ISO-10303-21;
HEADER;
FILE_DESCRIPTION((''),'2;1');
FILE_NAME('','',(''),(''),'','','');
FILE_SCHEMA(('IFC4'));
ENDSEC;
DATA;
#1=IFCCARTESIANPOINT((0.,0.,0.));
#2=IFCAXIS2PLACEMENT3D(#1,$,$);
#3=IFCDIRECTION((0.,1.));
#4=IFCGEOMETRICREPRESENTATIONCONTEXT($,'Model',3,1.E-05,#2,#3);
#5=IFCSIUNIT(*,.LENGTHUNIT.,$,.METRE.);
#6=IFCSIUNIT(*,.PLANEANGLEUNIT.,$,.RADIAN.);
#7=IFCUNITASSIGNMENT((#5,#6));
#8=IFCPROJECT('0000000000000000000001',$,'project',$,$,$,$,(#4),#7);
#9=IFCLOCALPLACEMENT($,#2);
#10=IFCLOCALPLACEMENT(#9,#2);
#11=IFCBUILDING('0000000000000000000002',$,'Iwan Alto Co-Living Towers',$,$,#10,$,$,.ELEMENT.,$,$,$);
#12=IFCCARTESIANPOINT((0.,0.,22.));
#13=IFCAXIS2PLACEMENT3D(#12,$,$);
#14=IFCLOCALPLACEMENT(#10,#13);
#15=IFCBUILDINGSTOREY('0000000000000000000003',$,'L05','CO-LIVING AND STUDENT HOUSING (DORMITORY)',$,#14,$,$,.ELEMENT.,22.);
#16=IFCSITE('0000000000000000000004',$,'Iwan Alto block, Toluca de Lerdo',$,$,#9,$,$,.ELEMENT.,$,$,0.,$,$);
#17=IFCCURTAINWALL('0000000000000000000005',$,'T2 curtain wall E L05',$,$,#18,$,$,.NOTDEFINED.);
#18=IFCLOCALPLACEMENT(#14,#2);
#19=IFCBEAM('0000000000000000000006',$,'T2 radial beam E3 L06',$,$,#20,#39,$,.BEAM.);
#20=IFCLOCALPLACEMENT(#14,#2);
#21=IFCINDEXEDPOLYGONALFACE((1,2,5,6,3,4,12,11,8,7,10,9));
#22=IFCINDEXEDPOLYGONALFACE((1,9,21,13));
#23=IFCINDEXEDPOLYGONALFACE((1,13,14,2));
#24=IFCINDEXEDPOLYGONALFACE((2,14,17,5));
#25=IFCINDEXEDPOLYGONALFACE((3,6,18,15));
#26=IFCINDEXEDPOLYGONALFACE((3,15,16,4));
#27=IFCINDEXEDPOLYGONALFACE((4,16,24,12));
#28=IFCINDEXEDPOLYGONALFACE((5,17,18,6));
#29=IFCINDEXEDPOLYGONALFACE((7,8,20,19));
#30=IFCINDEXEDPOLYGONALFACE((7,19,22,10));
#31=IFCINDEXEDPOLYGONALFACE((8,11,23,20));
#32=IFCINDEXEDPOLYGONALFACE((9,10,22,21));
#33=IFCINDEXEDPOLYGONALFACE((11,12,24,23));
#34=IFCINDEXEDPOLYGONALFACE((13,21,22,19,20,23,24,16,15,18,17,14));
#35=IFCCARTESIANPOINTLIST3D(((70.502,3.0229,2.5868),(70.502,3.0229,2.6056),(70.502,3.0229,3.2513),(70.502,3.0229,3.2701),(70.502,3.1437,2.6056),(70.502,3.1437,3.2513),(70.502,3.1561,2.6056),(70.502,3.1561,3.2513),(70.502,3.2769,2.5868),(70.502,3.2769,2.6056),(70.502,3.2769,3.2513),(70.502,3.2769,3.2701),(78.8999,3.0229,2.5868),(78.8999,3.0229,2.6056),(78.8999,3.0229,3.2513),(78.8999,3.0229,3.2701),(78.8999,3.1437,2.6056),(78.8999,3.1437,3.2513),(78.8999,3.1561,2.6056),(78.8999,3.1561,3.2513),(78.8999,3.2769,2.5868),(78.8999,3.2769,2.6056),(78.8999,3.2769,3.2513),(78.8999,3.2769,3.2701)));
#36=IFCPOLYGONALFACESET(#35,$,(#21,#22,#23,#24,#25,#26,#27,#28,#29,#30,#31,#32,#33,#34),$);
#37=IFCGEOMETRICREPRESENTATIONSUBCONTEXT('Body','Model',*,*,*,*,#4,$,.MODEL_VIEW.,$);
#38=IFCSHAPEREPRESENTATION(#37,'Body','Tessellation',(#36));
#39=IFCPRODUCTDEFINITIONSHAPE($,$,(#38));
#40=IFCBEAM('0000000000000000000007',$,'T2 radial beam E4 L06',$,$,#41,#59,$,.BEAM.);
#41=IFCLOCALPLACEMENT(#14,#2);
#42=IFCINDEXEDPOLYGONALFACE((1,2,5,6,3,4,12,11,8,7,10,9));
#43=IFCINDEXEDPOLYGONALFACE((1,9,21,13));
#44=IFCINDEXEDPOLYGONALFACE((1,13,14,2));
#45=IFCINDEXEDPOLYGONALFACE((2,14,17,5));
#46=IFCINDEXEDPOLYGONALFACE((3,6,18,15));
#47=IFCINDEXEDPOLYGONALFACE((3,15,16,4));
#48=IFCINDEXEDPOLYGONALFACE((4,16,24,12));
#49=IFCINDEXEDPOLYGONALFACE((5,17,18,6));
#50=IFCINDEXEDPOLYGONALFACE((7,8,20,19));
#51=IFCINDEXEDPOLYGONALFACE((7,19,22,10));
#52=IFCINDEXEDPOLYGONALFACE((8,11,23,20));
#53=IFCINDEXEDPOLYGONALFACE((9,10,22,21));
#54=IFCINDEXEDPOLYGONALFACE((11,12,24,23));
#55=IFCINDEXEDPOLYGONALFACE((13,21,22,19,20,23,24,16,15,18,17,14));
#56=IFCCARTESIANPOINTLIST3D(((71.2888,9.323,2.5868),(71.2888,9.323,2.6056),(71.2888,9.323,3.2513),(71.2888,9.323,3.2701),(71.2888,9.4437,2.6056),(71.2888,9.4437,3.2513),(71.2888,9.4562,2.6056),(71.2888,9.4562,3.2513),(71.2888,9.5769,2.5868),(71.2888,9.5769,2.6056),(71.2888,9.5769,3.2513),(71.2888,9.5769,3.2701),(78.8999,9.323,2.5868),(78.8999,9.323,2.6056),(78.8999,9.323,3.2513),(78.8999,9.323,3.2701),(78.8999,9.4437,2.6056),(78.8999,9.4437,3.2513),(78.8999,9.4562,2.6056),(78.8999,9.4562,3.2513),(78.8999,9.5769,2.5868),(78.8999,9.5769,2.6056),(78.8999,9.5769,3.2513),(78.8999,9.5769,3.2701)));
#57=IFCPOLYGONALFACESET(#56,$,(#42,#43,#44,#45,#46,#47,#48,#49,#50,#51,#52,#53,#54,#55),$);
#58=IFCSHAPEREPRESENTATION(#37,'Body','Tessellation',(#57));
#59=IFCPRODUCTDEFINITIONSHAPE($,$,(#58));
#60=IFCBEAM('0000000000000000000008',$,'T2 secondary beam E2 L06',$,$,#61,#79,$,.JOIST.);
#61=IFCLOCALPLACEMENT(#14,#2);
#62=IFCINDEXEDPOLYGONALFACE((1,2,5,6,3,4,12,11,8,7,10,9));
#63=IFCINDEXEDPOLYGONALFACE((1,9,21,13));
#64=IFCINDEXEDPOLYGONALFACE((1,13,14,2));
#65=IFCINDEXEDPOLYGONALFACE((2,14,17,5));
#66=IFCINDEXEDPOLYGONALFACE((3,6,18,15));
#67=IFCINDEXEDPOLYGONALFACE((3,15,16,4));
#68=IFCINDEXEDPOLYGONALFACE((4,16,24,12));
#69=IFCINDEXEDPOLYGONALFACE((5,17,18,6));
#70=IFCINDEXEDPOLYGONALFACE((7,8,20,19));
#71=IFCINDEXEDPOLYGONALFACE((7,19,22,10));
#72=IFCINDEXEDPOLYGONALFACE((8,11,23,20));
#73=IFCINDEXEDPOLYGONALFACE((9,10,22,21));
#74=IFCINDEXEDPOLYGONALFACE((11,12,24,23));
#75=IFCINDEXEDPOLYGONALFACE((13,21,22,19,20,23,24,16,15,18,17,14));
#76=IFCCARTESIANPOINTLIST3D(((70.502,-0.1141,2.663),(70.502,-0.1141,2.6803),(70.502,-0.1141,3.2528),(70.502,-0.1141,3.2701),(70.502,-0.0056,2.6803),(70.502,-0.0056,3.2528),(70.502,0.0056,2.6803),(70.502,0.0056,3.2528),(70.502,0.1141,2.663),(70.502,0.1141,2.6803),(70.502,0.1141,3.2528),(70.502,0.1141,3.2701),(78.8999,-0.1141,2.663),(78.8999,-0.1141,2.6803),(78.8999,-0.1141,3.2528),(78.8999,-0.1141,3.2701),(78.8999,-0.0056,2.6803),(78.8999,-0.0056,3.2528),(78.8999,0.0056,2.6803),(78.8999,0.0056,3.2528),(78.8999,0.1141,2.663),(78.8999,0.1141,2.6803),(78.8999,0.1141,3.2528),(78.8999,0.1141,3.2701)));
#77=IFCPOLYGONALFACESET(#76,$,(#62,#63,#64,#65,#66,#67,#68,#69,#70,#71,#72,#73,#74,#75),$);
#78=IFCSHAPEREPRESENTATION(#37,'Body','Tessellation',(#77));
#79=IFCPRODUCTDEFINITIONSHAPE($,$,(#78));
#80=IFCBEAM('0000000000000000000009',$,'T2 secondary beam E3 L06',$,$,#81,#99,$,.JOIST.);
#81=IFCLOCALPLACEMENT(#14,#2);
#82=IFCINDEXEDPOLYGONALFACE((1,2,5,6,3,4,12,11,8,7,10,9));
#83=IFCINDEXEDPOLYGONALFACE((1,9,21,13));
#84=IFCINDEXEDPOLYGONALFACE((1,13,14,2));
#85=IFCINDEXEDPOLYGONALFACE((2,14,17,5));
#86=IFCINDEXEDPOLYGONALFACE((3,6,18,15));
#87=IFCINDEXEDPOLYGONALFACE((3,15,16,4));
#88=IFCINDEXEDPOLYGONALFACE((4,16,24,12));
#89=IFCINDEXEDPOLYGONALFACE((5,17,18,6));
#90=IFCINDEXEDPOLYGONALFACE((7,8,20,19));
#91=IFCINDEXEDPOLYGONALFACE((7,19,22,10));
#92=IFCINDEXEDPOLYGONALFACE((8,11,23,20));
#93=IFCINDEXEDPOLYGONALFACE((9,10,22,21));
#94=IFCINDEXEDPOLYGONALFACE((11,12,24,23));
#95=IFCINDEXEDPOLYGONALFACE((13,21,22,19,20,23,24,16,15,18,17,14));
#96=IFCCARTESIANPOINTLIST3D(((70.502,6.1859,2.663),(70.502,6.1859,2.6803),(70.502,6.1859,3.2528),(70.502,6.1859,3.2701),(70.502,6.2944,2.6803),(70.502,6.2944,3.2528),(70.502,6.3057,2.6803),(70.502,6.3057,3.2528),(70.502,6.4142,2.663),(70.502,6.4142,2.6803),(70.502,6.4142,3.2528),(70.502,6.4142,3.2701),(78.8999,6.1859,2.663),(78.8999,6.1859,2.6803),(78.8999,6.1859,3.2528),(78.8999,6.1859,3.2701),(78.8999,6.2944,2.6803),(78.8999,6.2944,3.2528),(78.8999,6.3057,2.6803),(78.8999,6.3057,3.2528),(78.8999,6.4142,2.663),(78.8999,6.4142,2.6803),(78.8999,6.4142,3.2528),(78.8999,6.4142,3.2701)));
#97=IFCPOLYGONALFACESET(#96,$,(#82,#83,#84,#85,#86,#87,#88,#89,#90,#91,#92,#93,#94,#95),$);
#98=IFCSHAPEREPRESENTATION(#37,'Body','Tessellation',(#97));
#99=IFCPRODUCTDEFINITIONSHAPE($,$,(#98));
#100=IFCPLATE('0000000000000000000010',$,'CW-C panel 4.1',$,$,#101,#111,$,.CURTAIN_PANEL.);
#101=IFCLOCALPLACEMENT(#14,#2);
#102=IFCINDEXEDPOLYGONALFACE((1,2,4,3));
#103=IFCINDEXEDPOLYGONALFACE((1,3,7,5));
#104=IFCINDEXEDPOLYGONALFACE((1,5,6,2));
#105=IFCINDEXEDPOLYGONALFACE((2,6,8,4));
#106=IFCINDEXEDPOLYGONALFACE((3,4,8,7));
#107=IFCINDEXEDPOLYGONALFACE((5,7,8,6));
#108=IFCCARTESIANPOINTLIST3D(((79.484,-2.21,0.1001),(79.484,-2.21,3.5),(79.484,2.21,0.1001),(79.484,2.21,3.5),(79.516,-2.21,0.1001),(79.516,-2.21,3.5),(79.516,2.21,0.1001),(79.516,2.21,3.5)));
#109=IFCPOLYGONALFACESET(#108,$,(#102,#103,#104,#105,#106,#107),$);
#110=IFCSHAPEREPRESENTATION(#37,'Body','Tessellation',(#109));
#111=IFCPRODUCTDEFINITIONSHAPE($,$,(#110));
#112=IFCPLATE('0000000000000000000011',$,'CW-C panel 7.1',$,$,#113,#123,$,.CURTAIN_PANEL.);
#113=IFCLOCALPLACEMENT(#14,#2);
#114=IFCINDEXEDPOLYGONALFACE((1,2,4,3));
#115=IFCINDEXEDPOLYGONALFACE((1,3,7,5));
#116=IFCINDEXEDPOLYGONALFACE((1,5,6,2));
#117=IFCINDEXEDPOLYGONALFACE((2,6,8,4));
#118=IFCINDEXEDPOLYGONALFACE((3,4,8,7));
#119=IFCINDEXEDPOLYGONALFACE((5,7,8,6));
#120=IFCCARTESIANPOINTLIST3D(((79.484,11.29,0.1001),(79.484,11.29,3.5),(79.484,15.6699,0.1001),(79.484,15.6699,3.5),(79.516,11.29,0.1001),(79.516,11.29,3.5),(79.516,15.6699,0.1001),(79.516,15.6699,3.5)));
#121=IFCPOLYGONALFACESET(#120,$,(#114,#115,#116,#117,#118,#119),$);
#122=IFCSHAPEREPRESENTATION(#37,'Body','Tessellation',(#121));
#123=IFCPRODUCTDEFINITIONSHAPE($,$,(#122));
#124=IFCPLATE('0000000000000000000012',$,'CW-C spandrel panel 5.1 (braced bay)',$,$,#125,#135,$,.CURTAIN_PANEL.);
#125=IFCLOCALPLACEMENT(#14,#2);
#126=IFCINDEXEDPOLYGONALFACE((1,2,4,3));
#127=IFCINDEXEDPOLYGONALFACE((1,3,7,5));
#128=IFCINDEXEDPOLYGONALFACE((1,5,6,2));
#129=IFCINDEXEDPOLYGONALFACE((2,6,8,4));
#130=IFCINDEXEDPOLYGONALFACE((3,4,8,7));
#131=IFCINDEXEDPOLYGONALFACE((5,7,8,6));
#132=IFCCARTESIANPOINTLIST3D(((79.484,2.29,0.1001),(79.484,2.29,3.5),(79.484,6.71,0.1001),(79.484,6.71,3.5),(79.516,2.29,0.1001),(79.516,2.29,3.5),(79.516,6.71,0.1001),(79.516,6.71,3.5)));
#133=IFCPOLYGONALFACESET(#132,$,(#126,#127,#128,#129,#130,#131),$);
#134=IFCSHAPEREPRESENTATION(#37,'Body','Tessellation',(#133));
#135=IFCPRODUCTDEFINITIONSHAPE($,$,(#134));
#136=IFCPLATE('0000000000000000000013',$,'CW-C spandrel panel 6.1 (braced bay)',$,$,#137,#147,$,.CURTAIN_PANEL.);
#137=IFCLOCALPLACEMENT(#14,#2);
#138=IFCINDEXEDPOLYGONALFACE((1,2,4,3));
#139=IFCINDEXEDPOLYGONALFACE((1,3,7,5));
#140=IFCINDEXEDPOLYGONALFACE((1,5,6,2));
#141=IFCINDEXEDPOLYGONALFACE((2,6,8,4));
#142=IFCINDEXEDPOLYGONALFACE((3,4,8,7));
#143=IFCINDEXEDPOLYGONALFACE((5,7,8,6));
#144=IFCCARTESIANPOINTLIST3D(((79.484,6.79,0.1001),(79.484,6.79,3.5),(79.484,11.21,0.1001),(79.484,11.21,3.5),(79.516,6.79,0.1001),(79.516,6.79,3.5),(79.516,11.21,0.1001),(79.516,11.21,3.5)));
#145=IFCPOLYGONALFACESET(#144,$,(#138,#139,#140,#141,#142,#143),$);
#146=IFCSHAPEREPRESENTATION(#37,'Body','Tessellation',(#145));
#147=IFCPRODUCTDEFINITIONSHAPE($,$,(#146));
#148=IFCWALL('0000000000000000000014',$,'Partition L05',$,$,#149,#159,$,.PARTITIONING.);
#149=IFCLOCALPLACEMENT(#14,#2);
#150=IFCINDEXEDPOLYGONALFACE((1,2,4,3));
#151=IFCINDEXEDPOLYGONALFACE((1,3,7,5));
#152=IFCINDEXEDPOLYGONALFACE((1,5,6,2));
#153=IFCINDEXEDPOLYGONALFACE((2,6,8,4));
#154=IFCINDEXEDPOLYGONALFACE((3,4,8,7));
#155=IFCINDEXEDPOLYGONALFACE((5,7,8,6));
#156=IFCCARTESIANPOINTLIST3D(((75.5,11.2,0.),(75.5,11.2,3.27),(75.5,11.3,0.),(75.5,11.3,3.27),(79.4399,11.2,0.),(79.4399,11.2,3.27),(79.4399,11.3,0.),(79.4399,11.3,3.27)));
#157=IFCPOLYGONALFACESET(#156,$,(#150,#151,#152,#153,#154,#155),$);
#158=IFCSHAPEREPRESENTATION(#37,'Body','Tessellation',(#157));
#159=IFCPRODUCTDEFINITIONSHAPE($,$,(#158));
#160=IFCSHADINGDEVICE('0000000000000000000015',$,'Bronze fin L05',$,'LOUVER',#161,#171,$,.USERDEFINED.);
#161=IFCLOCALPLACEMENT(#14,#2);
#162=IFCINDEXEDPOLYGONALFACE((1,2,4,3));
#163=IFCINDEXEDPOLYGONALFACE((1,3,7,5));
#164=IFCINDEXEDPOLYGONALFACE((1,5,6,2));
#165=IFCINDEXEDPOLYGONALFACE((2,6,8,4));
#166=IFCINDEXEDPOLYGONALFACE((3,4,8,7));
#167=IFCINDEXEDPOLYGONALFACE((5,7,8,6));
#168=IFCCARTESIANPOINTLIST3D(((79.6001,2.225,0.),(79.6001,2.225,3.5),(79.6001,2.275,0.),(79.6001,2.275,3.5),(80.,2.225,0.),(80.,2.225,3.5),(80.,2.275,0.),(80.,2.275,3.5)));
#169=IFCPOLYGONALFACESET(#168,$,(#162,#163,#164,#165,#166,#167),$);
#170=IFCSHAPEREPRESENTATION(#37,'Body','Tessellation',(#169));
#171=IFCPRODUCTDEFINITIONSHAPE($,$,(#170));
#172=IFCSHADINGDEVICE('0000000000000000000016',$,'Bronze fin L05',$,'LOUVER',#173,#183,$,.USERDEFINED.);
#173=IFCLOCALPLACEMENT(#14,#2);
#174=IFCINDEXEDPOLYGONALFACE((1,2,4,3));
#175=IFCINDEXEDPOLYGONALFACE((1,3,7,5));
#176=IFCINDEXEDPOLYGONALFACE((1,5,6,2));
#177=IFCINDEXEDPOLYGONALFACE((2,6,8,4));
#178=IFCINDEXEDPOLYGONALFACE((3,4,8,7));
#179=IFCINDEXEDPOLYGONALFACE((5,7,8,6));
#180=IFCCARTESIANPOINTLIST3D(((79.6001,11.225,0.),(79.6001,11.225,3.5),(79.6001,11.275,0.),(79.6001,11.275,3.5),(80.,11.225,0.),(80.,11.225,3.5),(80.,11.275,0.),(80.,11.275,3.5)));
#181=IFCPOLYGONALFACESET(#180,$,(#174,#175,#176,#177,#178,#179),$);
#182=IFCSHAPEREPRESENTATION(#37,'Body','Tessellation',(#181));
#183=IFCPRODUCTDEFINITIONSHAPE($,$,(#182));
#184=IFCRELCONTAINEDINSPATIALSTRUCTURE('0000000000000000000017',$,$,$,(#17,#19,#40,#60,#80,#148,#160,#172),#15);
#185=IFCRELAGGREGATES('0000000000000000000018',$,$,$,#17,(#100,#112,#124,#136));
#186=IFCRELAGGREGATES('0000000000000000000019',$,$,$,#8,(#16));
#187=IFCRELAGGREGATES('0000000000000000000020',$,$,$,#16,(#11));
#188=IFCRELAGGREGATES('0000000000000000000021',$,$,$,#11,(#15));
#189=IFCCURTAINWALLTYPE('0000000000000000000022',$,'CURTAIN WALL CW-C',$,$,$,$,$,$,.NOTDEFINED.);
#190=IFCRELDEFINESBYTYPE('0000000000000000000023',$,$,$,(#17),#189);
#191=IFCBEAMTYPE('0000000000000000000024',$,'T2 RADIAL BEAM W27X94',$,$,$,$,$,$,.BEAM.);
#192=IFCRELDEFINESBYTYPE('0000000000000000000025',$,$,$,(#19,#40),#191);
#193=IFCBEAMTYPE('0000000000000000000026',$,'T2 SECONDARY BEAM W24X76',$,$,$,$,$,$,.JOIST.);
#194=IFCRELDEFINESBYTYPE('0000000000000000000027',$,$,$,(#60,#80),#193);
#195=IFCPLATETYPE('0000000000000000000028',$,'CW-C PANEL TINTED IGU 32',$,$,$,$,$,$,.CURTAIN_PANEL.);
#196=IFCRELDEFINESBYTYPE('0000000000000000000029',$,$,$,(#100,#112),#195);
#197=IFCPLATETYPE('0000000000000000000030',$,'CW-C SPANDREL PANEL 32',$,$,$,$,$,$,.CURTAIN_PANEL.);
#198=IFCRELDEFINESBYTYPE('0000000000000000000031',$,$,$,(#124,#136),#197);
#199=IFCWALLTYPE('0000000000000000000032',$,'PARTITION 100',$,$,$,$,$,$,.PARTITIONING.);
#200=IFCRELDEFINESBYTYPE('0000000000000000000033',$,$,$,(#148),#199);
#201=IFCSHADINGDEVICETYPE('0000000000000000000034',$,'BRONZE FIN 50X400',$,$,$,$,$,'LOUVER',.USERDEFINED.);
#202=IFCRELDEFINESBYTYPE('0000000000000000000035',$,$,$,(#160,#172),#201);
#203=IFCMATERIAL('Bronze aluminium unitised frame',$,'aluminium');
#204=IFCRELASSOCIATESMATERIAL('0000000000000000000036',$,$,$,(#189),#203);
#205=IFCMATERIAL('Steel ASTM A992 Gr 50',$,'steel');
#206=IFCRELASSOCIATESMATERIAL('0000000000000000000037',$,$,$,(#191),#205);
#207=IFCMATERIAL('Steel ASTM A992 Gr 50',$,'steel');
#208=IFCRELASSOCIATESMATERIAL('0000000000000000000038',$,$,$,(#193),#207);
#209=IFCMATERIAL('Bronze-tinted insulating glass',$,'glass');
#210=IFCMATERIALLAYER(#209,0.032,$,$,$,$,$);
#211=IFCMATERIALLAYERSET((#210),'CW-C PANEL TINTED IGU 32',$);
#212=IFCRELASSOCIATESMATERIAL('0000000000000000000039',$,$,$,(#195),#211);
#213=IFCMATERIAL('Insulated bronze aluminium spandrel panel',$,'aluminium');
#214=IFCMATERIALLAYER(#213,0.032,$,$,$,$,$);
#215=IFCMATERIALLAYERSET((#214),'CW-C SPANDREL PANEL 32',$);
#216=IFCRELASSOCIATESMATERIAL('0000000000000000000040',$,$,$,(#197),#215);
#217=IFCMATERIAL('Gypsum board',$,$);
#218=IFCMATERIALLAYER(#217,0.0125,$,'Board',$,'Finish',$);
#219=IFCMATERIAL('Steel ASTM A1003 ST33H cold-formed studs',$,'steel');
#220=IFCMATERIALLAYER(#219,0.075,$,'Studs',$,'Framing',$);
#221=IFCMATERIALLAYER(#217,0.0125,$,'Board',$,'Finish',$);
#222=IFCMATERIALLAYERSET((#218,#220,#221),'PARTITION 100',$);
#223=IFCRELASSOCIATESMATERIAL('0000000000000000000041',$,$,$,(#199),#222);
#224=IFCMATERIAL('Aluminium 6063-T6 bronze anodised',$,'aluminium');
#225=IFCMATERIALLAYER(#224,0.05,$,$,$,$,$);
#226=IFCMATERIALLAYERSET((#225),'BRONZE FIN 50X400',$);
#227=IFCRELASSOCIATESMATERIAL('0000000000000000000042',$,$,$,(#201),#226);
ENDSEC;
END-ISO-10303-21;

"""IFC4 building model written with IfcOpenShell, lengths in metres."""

from ifc_helpers import new_model, si_unit, direction, frame, frame_2d, origin, origin_2d, place, context, subcontext, project, spatial, rectangle, i_section, extrude, material, layer, layer_set, material_profile, profile_set, type_object, element, aggregate, save


model = new_model("IFC4")

# Units and contexts
model_context = context("Model", 3, precision=1e-05, world=origin(), true_north=direction((0.0, 1.0)))
body_context = subcontext(model_context, "Body", "Model", "MODEL_VIEW")
ifc_project = project(units=[si_unit("LENGTHUNIT", "METRE"), si_unit("PLANEANGLEUNIT", "RADIAN")], contexts=[model_context])

# Site, building, storey
site_placement = place(None, origin())
site = spatial("IfcSite", under=ifc_project, at=site_placement, Name="Iwan Alto block, Toluca de Lerdo", CompositionType="ELEMENT", RefElevation=0.0)
building_placement = place(site_placement, origin())
building = spatial("IfcBuilding", under=site, at=building_placement, Name="Iwan Alto Co-Living Towers", CompositionType="ELEMENT")
storey_placement = place(building_placement, frame((0.0, 0.0, 22.0)))
storey = spatial("IfcBuildingStorey", under=building, at=storey_placement, Name="L05", Description="CO-LIVING AND STUDENT HOUSING (DORMITORY)", CompositionType="ELEMENT", Elevation=22.0)

# Curtain wall
ifc_material_1 = material(Name="Bronze aluminium unitised frame", Category="aluminium")
curtain_wall_type = type_object("IfcCurtainWallType", Name="CURTAIN WALL CW-C", PredefinedType="NOTDEFINED", material=ifc_material_1)
curtain_wall_placement = place(storey_placement, origin())
curtain_wall = element("IfcCurtainWall", 1, at=curtain_wall_placement, inside=storey, type_object=curtain_wall_type, Name="T2 curtain wall E L05", PredefinedType="NOTDEFINED")

# Beams
ifc_material_2 = material(Name="Steel ASTM A992 Gr 50", Category="steel")
ifc_material_profile_1 = material_profile(ifc_material_2, i_section(OverallWidth=0.2539, OverallDepth=0.6833, WebThickness=0.0125, FlangeThickness=0.0188, at=origin_2d()), Name="W27X94")
ifc_profile_set_1 = profile_set([ifc_material_profile_1], Name="Steel ASTM A992 Gr 50")
beam_type_1 = type_object("IfcBeamType", Name="T2 RADIAL BEAM W27X94", PredefinedType="BEAM", material=ifc_profile_set_1)
beam_1_placement = place(storey_placement, frame((78.8999, 3.1499, 2.9285), z_axis=(-1.0, 0.0, 0.0), x_axis=(0.0, -1.0, 0.0)))
element("IfcBeam", 2, at=beam_1_placement, inside=storey, type_object=beam_type_1, Name="T2 radial beam E3 L06", PredefinedType="BEAM", context=body_context, shape_type="SweptSolid", body=[
    extrude(i_section(OverallWidth=0.2539, OverallDepth=0.6833, WebThickness=0.0125, FlangeThickness=0.0188, at=origin_2d()), origin(), (0.0, 0.0, 1.0), 8.3979),
])
beam_2_placement = place(storey_placement, frame((78.8999, 9.45, 2.9285), z_axis=(-1.0, 0.0, 0.0), x_axis=(0.0, -1.0, 0.0)))
element("IfcBeam", 3, at=beam_2_placement, inside=storey, type_object=beam_type_1, Name="T2 radial beam E4 L06", PredefinedType="BEAM", context=body_context, shape_type="SweptSolid", body=[
    extrude(i_section(OverallWidth=0.2539, OverallDepth=0.6833, WebThickness=0.0125, FlangeThickness=0.0188, at=origin_2d()), origin(), (0.0, 0.0, 1.0), 7.6111),
])
ifc_material_3 = material(Name="Steel ASTM A992 Gr 50", Category="steel")
ifc_material_profile_2 = material_profile(ifc_material_3, i_section(OverallWidth=0.2283, OverallDepth=0.6072, WebThickness=0.0112, FlangeThickness=0.0173, at=origin_2d()), Name="W24X76")
ifc_profile_set_2 = profile_set([ifc_material_profile_2], Name="Steel ASTM A992 Gr 50")
beam_type_2 = type_object("IfcBeamType", Name="T2 SECONDARY BEAM W24X76", PredefinedType="JOIST", material=ifc_profile_set_2)
for number, where, z_axis, x_axis, name in (
    (4, (78.8999, 0.0, 2.9666), (-1.0, 0.0, 0.0), (0.0, -1.0, 0.0), "T2 secondary beam E2 L06"),
    (5, (78.8999, 6.3, 2.9666), (-1.0, 0.0, 0.0), (0.0, -1.0, 0.0), "T2 secondary beam E3 L06"),
):
    element("IfcBeam", number, at=place(storey_placement, frame(where, z_axis=z_axis, x_axis=x_axis)), inside=storey, type_object=beam_type_2, Name=name, PredefinedType="JOIST", context=body_context, shape_type="SweptSolid", body=[
        extrude(i_section(OverallWidth=0.2283, OverallDepth=0.6072, WebThickness=0.0112, FlangeThickness=0.0173, at=origin_2d()), origin(), (0.0, 0.0, 1.0), 8.3979),
    ])

# Plates
ifc_material_4 = material(Name="Bronze-tinted insulating glass", Category="glass")
ifc_layer_1 = layer(ifc_material_4, 0.032)
ifc_layer_set_1 = layer_set([ifc_layer_1], Name="CW-C PANEL TINTED IGU 32")
plate_type_1 = type_object("IfcPlateType", Name="CW-C PANEL TINTED IGU 32", PredefinedType="CURTAIN_PANEL", material=ifc_layer_set_1)
plate_1_placement = place(storey_placement, frame((79.5, 0.0, 0.1001), z_axis=(0.0, 0.0, 1.0), x_axis=(0.0, 1.0, 0.0)))
plate_1 = element("IfcPlate", 6, at=plate_1_placement, type_object=plate_type_1, Name="CW-C panel 4.1", PredefinedType="CURTAIN_PANEL", context=body_context, shape_type="SweptSolid", body=[
    extrude(rectangle(XDim=4.4199, YDim=0.032, at=origin_2d()), origin(), (0.0, 0.0, 1.0), 3.3999),
])
plate_2_placement = place(storey_placement, frame((79.5, 13.48, 0.1001), z_axis=(0.0, 0.0, 1.0), x_axis=(0.0, 1.0, 0.0)))
plate_2 = element("IfcPlate", 7, at=plate_2_placement, type_object=plate_type_1, Name="CW-C panel 7.1", PredefinedType="CURTAIN_PANEL", context=body_context, shape_type="SweptSolid", body=[
    extrude(rectangle(XDim=4.3799, YDim=0.032, at=origin_2d()), origin(), (0.0, 0.0, 1.0), 3.3999),
])
ifc_material_5 = material(Name="Insulated bronze aluminium spandrel panel", Category="aluminium")
ifc_layer_2 = layer(ifc_material_5, 0.032)
ifc_layer_set_2 = layer_set([ifc_layer_2], Name="CW-C SPANDREL PANEL 32")
plate_type_2 = type_object("IfcPlateType", Name="CW-C SPANDREL PANEL 32", PredefinedType="CURTAIN_PANEL", material=ifc_layer_set_2)
plate_3_placement = place(storey_placement, frame((79.5, 4.5, 0.1001), z_axis=(0.0, 0.0, 1.0), x_axis=(0.0, 1.0, 0.0)))
plate_3 = element("IfcPlate", 8, at=plate_3_placement, type_object=plate_type_2, Name="CW-C spandrel panel 5.1 (braced bay)", PredefinedType="CURTAIN_PANEL", context=body_context, shape_type="SweptSolid", body=[
    extrude(rectangle(XDim=4.4199, YDim=0.032, at=origin_2d()), origin(), (0.0, 0.0, 1.0), 3.3999),
])
plate_4_placement = place(storey_placement, frame((79.5, 9.0, 0.1001), z_axis=(0.0, 0.0, 1.0), x_axis=(0.0, 1.0, 0.0)))
plate_4 = element("IfcPlate", 9, at=plate_4_placement, type_object=plate_type_2, Name="CW-C spandrel panel 6.1 (braced bay)", PredefinedType="CURTAIN_PANEL", context=body_context, shape_type="SweptSolid", body=[
    extrude(rectangle(XDim=4.4199, YDim=0.032, at=origin_2d()), origin(), (0.0, 0.0, 1.0), 3.3999),
])
aggregate(curtain_wall, [plate_1, plate_2, plate_3, plate_4])

# Wall
ifc_material_6 = material(Name="Gypsum board")
ifc_layer_3 = layer(ifc_material_6, 0.0125, Name="Board", Category="Finish")
ifc_material_7 = material(Name="Steel ASTM A1003 ST33H cold-formed studs", Category="steel")
ifc_layer_4 = layer(ifc_material_7, 0.075, Name="Studs", Category="Framing")
ifc_layer_5 = layer(ifc_material_6, 0.0125, Name="Board", Category="Finish")
ifc_layer_set_3 = layer_set([ifc_layer_3, ifc_layer_4, ifc_layer_5], Name="PARTITION 100")
wall_type = type_object("IfcWallType", Name="PARTITION 100", PredefinedType="PARTITIONING", material=ifc_layer_set_3)
wall_placement = place(storey_placement, frame((75.5, 11.25, 0.0), z_axis=(0.0, 0.0, 1.0), x_axis=(1.0, 0.0, 0.0)))
element("IfcWall", 10, at=wall_placement, inside=storey, type_object=wall_type, Name="Partition L05", PredefinedType="PARTITIONING", context=body_context, shape_type="SweptSolid", body=[
    extrude(rectangle(XDim=3.9399, YDim=0.1001, at=frame_2d((1.97, 0.0))), origin(), (0.0, 0.0, 1.0), 3.27),
])

# Shading devices
ifc_material_8 = material(Name="Aluminium 6063-T6 bronze anodised", Category="aluminium")
ifc_layer_6 = layer(ifc_material_8, 0.05)
ifc_layer_set_4 = layer_set([ifc_layer_6], Name="BRONZE FIN 50X400")
shading_device_type = type_object("IfcShadingDeviceType", Name="BRONZE FIN 50X400", ElementType="LOUVER", PredefinedType="USERDEFINED", material=ifc_layer_set_4)
for number, where, z_axis, x_axis, name in (
    (11, (79.8, 2.25, 0.0), (0.0, 0.0, 1.0), (0.0, 1.0, 0.0), "Bronze fin L05"),
    (12, (79.8, 11.25, 0.0), (0.0, 0.0, 1.0), (0.0, 1.0, 0.0), "Bronze fin L05"),
):
    element("IfcShadingDevice", number, at=place(storey_placement, frame(where, z_axis=z_axis, x_axis=x_axis)), inside=storey, type_object=shading_device_type, Name=name, ObjectType="LOUVER", PredefinedType="USERDEFINED", context=body_context, shape_type="SweptSolid", body=[
        extrude(rectangle(XDim=0.05, YDim=0.3999, at=origin_2d()), origin(), (0.0, 0.0, 1.0), 3.5),
    ])

save(model, "model.ifc")
